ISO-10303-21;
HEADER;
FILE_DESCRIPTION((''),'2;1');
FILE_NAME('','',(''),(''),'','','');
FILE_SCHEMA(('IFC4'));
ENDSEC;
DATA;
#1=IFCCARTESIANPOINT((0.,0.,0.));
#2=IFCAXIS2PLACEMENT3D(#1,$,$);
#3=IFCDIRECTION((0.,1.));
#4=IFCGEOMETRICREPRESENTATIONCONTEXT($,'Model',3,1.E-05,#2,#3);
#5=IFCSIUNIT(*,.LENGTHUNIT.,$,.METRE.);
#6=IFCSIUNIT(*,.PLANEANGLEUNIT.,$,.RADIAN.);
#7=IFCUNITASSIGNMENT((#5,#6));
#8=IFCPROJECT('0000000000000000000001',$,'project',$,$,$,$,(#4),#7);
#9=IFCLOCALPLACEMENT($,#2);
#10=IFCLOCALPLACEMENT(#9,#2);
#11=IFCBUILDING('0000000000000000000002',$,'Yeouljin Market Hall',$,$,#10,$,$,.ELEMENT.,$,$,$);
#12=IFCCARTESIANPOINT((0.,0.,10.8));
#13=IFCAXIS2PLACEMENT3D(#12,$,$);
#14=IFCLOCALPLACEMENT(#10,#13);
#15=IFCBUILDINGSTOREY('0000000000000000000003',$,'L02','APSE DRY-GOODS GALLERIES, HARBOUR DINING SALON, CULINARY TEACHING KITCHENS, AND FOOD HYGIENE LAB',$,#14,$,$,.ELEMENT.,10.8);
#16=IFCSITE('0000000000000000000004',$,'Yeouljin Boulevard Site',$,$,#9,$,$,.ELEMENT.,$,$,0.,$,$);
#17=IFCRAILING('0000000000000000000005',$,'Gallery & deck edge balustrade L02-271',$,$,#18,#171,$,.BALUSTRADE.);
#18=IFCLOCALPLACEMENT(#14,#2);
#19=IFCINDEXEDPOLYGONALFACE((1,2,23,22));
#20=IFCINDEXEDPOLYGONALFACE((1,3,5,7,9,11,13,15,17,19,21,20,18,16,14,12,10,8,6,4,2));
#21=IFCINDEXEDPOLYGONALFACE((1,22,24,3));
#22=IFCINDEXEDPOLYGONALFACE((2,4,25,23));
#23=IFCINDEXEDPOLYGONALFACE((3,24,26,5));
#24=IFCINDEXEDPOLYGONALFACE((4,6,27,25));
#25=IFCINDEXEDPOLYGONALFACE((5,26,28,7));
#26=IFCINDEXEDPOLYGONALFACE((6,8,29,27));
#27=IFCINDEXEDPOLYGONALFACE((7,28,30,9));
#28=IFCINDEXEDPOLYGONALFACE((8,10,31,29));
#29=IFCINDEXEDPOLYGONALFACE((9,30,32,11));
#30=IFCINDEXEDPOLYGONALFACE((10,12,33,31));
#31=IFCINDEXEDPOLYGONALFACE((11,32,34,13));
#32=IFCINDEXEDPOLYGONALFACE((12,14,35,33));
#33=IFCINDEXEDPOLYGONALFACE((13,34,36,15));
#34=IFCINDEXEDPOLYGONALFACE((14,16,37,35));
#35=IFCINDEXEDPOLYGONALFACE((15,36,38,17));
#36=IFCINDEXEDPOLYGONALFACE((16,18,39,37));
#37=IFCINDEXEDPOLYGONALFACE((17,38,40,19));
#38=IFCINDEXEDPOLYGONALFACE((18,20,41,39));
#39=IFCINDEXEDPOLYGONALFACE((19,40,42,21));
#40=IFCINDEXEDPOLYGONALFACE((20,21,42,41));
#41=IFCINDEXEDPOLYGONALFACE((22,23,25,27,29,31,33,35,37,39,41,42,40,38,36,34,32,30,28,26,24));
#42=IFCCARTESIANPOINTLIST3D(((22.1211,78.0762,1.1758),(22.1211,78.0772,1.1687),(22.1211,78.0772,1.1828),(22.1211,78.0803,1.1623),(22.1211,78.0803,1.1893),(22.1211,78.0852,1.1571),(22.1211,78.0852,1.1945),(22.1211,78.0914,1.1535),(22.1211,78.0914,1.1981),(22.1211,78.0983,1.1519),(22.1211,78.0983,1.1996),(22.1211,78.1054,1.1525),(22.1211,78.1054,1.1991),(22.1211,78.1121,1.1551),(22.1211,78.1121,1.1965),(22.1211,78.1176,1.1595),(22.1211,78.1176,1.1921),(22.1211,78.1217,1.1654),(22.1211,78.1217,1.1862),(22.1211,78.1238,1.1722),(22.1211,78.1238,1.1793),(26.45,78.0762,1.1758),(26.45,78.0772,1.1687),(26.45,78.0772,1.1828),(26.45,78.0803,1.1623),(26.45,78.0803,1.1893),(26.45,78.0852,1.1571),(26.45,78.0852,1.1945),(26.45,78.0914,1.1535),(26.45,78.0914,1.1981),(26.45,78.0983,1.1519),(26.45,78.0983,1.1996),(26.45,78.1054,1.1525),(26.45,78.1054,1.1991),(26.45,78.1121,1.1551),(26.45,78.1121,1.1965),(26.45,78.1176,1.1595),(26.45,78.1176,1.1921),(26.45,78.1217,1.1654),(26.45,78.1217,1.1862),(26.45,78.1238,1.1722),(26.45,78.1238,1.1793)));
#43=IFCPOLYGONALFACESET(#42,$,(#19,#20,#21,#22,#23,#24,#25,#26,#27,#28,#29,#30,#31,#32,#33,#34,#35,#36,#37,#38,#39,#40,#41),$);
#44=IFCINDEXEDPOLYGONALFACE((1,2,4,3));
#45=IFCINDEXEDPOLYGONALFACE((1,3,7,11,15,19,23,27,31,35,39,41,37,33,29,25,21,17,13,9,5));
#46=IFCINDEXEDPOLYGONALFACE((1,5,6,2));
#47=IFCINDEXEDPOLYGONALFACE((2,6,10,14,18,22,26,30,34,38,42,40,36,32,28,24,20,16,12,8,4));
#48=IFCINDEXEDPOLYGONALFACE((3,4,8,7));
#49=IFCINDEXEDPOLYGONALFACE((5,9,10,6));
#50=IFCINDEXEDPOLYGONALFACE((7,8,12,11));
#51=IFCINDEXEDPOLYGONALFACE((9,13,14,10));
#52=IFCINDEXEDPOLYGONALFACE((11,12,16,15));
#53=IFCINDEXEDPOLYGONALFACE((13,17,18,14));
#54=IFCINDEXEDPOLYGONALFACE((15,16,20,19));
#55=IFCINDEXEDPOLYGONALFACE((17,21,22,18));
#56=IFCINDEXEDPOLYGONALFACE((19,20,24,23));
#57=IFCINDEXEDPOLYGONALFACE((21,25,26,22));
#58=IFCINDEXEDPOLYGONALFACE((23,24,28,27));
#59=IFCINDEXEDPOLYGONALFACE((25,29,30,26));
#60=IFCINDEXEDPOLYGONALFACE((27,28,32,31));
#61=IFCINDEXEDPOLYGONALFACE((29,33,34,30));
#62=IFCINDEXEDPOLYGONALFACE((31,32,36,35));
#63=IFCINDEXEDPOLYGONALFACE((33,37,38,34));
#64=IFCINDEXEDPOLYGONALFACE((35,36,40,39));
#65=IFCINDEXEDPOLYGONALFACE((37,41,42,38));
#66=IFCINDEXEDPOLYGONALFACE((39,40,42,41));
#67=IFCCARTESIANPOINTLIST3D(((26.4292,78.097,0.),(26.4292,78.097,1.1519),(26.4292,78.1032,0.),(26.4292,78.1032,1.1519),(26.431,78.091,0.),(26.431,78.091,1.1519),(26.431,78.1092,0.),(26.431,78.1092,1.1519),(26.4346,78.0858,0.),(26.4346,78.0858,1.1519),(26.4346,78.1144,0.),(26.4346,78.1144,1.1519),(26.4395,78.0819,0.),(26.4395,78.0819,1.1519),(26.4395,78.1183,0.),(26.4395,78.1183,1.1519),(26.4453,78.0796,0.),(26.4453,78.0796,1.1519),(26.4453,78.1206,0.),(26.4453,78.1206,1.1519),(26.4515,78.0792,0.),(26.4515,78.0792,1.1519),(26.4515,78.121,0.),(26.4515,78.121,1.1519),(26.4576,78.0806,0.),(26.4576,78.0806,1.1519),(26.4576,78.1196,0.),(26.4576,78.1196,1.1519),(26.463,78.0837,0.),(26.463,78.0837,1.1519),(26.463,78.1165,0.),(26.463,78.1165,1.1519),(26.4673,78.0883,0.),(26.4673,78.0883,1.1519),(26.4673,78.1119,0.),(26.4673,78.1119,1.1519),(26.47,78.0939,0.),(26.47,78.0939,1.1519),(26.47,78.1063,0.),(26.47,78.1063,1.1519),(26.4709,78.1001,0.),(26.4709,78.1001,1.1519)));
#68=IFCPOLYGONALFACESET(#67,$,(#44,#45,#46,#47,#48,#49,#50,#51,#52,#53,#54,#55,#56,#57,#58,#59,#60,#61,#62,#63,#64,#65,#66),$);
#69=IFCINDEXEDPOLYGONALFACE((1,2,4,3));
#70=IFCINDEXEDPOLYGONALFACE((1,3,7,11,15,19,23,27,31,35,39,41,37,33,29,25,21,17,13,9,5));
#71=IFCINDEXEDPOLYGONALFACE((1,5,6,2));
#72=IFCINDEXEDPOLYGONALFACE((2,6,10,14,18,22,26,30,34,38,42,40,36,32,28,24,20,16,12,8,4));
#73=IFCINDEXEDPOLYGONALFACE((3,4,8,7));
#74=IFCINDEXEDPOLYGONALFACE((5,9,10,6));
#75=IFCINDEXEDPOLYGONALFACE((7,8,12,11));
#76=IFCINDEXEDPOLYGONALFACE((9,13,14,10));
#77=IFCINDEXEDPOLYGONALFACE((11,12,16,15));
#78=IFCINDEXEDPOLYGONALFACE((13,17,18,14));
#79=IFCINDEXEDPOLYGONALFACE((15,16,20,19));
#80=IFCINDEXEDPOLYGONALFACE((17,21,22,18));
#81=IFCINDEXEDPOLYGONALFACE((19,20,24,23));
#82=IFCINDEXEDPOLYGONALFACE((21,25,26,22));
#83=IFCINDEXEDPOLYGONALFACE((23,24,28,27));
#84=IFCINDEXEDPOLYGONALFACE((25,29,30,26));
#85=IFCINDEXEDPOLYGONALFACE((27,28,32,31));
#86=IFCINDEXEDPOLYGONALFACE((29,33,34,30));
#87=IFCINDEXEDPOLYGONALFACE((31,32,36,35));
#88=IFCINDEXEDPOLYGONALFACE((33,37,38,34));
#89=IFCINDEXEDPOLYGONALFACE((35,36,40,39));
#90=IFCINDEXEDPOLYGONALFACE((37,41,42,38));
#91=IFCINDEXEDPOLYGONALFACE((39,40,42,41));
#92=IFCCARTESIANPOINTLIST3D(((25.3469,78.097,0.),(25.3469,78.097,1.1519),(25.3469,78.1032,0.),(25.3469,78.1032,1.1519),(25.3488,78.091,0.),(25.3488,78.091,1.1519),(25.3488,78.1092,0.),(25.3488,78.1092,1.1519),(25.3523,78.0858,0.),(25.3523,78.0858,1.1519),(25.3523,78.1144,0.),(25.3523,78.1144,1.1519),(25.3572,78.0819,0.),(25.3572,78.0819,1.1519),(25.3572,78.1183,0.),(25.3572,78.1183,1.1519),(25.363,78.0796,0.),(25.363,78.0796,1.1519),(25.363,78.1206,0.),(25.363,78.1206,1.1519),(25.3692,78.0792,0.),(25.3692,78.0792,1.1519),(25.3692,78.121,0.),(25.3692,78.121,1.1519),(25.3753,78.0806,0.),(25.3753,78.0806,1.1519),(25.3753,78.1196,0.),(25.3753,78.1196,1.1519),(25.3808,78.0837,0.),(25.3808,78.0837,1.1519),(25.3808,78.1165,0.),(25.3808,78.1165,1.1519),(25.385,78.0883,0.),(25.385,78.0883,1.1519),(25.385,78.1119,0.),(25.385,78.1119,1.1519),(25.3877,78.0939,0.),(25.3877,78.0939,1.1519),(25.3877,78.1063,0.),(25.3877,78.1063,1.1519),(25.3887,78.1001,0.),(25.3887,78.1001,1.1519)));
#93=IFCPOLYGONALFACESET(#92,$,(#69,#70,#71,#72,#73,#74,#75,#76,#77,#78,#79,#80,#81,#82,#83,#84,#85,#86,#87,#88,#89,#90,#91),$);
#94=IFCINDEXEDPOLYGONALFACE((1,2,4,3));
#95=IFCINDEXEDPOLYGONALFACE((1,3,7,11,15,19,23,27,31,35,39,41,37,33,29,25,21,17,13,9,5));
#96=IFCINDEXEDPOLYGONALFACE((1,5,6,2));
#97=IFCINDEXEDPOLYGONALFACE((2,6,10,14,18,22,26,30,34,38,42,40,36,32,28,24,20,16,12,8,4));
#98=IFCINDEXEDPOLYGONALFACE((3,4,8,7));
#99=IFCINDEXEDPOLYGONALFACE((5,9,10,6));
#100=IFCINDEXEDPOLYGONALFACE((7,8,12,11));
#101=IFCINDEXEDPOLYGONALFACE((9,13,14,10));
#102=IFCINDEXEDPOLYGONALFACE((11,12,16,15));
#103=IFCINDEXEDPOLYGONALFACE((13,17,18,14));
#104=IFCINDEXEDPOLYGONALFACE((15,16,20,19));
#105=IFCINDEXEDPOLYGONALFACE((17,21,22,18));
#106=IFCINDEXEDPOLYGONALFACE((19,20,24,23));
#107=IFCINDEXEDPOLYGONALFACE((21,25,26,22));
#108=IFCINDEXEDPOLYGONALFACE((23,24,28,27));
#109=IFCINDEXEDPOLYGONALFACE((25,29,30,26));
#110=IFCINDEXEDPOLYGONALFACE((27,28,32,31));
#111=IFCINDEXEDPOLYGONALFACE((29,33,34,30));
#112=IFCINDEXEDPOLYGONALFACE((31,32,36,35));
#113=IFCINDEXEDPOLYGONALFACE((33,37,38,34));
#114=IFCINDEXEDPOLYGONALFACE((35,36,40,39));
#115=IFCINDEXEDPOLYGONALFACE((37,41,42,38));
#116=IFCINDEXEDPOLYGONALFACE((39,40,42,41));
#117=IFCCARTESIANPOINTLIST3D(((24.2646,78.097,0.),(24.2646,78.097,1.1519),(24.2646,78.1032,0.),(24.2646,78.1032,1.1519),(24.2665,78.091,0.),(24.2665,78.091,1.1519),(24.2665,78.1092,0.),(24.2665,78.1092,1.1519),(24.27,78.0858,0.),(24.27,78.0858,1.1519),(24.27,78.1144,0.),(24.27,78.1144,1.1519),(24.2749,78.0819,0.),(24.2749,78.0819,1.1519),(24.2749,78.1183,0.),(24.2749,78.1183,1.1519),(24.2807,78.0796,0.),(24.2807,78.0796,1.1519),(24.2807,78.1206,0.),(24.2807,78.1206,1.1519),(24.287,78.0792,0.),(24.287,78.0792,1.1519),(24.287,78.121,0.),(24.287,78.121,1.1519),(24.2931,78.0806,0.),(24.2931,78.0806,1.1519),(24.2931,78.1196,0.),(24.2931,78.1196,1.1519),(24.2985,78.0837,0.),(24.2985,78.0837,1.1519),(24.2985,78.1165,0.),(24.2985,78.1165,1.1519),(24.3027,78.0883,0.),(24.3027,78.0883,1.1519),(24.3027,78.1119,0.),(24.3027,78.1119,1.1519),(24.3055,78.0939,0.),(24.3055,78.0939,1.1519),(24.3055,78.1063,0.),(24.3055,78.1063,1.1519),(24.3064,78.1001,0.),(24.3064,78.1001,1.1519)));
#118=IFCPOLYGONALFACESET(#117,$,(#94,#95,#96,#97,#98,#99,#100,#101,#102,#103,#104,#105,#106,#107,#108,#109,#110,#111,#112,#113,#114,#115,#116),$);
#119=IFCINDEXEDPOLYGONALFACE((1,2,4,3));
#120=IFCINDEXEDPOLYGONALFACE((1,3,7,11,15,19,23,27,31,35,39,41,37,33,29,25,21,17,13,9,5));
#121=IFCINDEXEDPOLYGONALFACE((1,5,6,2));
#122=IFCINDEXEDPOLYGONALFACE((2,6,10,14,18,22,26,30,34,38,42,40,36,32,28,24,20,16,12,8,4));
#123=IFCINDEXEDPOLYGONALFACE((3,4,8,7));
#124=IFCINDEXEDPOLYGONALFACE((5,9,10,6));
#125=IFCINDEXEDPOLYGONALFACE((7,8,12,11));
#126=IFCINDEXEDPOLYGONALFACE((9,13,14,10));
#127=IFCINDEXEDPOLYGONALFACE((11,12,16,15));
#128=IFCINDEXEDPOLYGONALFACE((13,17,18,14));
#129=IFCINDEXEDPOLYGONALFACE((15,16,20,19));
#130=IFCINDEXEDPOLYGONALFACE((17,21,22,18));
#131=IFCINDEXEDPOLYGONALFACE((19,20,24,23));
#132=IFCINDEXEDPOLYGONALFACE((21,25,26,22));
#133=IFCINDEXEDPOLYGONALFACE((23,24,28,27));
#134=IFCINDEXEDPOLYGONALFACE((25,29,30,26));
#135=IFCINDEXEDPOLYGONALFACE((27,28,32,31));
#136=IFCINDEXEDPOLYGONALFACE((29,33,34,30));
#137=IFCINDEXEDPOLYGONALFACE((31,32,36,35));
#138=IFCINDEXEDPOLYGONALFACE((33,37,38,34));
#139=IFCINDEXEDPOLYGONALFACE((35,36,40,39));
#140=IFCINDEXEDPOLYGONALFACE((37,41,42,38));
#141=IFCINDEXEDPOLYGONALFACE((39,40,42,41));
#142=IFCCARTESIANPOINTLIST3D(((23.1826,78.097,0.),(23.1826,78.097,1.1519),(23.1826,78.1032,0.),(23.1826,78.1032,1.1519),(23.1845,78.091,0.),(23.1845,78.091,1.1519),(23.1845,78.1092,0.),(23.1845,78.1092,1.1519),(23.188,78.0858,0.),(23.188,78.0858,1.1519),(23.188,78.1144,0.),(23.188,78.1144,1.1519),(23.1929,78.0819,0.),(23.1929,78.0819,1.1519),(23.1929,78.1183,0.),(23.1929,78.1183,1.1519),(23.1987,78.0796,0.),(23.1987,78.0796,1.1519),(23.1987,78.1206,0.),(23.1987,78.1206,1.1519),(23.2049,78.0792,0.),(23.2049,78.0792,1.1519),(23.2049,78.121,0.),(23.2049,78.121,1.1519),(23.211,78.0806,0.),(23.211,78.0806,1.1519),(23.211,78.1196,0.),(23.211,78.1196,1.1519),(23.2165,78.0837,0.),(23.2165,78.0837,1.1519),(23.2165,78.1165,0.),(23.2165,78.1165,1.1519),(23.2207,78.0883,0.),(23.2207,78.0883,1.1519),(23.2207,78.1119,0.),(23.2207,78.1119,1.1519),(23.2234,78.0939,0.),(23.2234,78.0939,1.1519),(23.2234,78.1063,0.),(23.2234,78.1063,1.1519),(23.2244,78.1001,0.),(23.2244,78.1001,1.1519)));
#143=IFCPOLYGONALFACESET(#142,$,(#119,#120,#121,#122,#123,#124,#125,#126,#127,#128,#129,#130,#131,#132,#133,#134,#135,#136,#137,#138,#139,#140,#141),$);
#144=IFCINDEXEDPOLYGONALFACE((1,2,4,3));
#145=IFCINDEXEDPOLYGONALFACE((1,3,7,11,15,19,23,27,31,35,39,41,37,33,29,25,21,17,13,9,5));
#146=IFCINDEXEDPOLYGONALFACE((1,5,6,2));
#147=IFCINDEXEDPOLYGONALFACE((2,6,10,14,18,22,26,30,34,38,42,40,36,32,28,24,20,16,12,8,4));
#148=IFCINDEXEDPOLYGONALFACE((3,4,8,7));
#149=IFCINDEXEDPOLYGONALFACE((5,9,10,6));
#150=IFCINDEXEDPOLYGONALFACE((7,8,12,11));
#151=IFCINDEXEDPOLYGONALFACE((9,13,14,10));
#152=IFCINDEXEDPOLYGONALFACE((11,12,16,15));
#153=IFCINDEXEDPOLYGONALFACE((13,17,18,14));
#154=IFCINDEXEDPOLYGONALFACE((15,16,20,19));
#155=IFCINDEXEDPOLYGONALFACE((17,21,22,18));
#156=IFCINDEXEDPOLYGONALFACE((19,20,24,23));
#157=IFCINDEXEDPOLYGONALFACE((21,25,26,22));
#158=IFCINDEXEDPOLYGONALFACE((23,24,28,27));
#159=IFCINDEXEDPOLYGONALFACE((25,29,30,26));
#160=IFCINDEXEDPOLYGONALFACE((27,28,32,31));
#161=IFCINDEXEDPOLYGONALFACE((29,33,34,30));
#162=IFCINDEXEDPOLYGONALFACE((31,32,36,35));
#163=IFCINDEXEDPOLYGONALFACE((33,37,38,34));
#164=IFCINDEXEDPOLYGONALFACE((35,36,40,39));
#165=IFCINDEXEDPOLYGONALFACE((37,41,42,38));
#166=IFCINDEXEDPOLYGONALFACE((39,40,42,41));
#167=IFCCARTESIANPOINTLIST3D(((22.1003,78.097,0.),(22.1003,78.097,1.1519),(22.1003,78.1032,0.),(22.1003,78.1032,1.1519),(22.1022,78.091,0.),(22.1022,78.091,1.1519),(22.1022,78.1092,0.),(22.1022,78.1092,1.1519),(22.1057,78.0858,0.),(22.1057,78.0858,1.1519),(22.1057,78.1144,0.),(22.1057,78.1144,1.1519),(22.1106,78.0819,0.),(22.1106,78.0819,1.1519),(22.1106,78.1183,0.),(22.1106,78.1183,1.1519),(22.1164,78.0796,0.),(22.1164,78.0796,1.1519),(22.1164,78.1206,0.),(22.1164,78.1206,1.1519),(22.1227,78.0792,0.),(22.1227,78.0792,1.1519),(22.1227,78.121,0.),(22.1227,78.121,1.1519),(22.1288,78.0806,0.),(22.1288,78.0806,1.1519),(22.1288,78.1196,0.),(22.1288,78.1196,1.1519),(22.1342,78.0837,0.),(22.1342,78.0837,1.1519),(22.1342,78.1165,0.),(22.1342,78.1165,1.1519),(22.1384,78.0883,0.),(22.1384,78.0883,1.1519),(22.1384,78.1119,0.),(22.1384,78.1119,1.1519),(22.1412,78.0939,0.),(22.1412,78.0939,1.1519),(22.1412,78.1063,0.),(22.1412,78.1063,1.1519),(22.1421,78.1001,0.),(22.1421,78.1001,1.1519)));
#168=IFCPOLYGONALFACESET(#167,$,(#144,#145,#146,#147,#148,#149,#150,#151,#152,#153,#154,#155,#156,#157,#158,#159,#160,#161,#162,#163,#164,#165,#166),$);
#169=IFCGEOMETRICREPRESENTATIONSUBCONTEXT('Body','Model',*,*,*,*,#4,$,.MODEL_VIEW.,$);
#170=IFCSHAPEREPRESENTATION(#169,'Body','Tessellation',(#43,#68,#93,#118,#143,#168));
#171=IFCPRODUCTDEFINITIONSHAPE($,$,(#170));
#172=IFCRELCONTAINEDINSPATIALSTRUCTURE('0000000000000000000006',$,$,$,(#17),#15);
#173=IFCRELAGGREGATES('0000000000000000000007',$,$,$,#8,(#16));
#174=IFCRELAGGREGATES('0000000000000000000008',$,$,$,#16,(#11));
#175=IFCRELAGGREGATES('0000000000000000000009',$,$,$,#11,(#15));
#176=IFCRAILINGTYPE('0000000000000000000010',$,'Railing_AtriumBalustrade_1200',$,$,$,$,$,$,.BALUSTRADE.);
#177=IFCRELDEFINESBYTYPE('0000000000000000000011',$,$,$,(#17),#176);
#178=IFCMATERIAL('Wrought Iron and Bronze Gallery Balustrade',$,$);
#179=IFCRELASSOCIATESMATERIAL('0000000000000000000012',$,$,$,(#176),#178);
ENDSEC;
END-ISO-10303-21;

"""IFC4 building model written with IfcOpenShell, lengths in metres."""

from ifc_helpers import new_model, si_unit, direction, frame, origin, origin_2d, place, context, subcontext, project, spatial, circle, extrude, material, type_object, element, save


model = new_model("IFC4")

# Units and contexts
model_context = context("Model", 3, precision=1e-05, world=origin(), true_north=direction((0.0, 1.0)))
body_context = subcontext(model_context, "Body", "Model", "MODEL_VIEW")
ifc_project = project(units=[si_unit("LENGTHUNIT", "METRE"), si_unit("PLANEANGLEUNIT", "RADIAN")], contexts=[model_context])

# Site, building, storey
site_placement = place(None, origin())
site = spatial("IfcSite", under=ifc_project, at=site_placement, Name="Yeouljin Boulevard Site", CompositionType="ELEMENT", RefElevation=0.0)
building_placement = place(site_placement, origin())
building = spatial("IfcBuilding", under=site, at=building_placement, Name="Yeouljin Market Hall", CompositionType="ELEMENT")
storey_placement = place(building_placement, frame((0.0, 0.0, 10.8)))
storey = spatial("IfcBuildingStorey", under=building, at=storey_placement, Name="L02", Description="APSE DRY-GOODS GALLERIES, HARBOUR DINING SALON, CULINARY TEACHING KITCHENS, AND FOOD HYGIENE LAB", CompositionType="ELEMENT", Elevation=10.8)

# Railing
ifc_material_1 = material(Name="Wrought Iron and Bronze Gallery Balustrade")
railing_type_1 = type_object("IfcRailingType", Name="Railing_AtriumBalustrade_1200", PredefinedType="BALUSTRADE", material=ifc_material_1)
railing_1_placement = place(storey_placement, frame((26.45, 78.1001, 0.0)))
element("IfcRailing", 1, at=railing_1_placement, inside=storey, type_object=railing_type_1, Name="Gallery & deck edge balustrade L02-271", PredefinedType="BALUSTRADE", context=body_context, shape_type="SweptSolid", body=[
    extrude(circle(Radius=0.0239, at=origin_2d()), frame((0.0, 0.0, 1.1758), z_axis=(-1.0, 0.0, 0.0), x_axis=(0.0, -1.0, 0.0)), (0.0, 0.0, 1.0), 4.3289),
    extrude(circle(Radius=0.021, at=origin_2d()), origin(), (0.0, 0.0, 1.0), 1.1519),
    extrude(circle(Radius=0.021, at=origin_2d()), frame((-1.0823, 0.0, 0.0)), (0.0, 0.0, 1.0), 1.1519),
    extrude(circle(Radius=0.021, at=origin_2d()), frame((-2.1646, 0.0, 0.0)), (0.0, 0.0, 1.0), 1.1519),
    extrude(circle(Radius=0.021, at=origin_2d()), frame((-3.2466, 0.0, 0.0)), (0.0, 0.0, 1.0), 1.1519),
    extrude(circle(Radius=0.021, at=origin_2d()), frame((-4.3289, 0.0, 0.0)), (0.0, 0.0, 1.0), 1.1519),
])

save(model, "model.ifc")
